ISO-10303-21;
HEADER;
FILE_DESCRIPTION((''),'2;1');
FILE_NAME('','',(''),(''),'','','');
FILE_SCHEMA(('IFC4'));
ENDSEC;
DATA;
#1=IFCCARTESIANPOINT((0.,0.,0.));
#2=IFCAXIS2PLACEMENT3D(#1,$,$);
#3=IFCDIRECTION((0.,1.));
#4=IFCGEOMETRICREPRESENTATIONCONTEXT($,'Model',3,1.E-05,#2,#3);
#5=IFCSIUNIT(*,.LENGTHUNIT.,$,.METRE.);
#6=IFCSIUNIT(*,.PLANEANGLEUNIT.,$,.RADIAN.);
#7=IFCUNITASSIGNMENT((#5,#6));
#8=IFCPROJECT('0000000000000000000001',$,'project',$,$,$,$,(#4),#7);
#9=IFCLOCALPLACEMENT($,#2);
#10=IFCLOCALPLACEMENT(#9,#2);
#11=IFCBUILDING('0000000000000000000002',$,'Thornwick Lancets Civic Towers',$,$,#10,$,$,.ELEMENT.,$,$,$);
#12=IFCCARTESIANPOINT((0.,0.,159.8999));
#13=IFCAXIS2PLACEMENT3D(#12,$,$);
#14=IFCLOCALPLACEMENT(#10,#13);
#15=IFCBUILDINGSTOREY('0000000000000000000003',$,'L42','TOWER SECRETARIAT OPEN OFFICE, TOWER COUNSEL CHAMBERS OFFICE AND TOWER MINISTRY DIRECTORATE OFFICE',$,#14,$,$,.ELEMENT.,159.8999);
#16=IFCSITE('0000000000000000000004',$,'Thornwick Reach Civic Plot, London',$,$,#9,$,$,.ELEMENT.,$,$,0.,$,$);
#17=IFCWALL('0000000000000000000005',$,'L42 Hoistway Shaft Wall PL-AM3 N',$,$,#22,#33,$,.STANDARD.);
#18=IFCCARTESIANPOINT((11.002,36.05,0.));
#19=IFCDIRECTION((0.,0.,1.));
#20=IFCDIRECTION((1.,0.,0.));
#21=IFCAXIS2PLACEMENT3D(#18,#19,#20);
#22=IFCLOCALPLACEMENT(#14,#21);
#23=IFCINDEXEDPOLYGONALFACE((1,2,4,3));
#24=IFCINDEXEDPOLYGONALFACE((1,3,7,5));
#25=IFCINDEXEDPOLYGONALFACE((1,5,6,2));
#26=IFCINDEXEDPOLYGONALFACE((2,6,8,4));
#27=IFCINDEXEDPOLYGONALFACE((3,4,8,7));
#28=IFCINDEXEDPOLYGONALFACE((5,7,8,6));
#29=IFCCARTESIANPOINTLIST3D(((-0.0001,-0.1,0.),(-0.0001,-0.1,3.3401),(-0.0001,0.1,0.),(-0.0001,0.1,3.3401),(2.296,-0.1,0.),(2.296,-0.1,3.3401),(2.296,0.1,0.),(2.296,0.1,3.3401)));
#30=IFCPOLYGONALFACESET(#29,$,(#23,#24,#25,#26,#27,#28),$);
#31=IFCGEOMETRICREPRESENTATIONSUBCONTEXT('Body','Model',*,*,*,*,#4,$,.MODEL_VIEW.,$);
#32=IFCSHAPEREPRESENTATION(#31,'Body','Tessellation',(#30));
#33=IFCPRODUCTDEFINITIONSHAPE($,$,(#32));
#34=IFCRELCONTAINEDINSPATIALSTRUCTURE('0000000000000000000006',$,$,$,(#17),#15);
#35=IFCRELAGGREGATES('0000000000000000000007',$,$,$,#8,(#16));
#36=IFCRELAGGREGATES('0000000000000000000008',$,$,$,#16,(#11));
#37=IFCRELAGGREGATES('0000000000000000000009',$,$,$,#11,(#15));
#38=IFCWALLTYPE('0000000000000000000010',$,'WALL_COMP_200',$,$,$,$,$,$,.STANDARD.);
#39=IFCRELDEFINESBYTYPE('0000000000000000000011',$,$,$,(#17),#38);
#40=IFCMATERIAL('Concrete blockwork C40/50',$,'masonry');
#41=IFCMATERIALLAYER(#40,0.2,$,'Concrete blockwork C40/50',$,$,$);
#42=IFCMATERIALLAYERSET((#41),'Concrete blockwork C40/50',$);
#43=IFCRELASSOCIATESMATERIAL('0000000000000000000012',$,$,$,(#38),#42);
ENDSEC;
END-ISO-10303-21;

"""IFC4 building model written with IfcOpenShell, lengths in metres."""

from ifc_helpers import new_model, si_unit, direction, frame, frame_2d, origin, place, context, subcontext, project, spatial, rectangle, extrude, material, layer, layer_set, type_object, element, save


model = new_model("IFC4")

# Units and contexts
model_context = context("Model", 3, precision=1e-05, world=origin(), true_north=direction((0.0, 1.0)))
body_context = subcontext(model_context, "Body", "Model", "MODEL_VIEW")
ifc_project = project(units=[si_unit("LENGTHUNIT", "METRE"), si_unit("PLANEANGLEUNIT", "RADIAN")], contexts=[model_context])

# Site, building, storey
site_placement = place(None, origin())
site = spatial("IfcSite", under=ifc_project, at=site_placement, Name="Thornwick Reach Civic Plot, London", CompositionType="ELEMENT", RefElevation=0.0)
building_placement = place(site_placement, origin())
building = spatial("IfcBuilding", under=site, at=building_placement, Name="Thornwick Lancets Civic Towers", CompositionType="ELEMENT")
storey_placement = place(building_placement, frame((0.0, 0.0, 159.8999)))
storey = spatial("IfcBuildingStorey", under=building, at=storey_placement, Name="L42", Description="TOWER SECRETARIAT OPEN OFFICE, TOWER COUNSEL CHAMBERS OFFICE AND TOWER MINISTRY DIRECTORATE OFFICE", CompositionType="ELEMENT", Elevation=159.8999)

# Wall
ifc_material_1 = material(Name="Concrete blockwork C40/50", Category="masonry")
ifc_layer_1 = layer(ifc_material_1, 0.2, Name="Concrete blockwork C40/50")
ifc_layer_set_1 = layer_set([ifc_layer_1], Name="Concrete blockwork C40/50")
wall_type_1 = type_object("IfcWallType", Name="WALL_COMP_200", PredefinedType="STANDARD", material=ifc_layer_set_1)
wall_1_placement = place(storey_placement, frame((11.002, 36.05, 0.0), z_axis=(0.0, 0.0, 1.0), x_axis=(1.0, 0.0, 0.0)))
element("IfcWall", 1, at=wall_1_placement, inside=storey, type_object=wall_type_1, Name="L42 Hoistway Shaft Wall PL-AM3 N", PredefinedType="STANDARD", context=body_context, shape_type="SweptSolid", body=[
    extrude(rectangle(XDim=2.2961, YDim=0.2, at=frame_2d((1.1479, 0.0))), origin(), (0.0, 0.0, 1.0), 3.3401),
])

save(model, "model.ifc")
